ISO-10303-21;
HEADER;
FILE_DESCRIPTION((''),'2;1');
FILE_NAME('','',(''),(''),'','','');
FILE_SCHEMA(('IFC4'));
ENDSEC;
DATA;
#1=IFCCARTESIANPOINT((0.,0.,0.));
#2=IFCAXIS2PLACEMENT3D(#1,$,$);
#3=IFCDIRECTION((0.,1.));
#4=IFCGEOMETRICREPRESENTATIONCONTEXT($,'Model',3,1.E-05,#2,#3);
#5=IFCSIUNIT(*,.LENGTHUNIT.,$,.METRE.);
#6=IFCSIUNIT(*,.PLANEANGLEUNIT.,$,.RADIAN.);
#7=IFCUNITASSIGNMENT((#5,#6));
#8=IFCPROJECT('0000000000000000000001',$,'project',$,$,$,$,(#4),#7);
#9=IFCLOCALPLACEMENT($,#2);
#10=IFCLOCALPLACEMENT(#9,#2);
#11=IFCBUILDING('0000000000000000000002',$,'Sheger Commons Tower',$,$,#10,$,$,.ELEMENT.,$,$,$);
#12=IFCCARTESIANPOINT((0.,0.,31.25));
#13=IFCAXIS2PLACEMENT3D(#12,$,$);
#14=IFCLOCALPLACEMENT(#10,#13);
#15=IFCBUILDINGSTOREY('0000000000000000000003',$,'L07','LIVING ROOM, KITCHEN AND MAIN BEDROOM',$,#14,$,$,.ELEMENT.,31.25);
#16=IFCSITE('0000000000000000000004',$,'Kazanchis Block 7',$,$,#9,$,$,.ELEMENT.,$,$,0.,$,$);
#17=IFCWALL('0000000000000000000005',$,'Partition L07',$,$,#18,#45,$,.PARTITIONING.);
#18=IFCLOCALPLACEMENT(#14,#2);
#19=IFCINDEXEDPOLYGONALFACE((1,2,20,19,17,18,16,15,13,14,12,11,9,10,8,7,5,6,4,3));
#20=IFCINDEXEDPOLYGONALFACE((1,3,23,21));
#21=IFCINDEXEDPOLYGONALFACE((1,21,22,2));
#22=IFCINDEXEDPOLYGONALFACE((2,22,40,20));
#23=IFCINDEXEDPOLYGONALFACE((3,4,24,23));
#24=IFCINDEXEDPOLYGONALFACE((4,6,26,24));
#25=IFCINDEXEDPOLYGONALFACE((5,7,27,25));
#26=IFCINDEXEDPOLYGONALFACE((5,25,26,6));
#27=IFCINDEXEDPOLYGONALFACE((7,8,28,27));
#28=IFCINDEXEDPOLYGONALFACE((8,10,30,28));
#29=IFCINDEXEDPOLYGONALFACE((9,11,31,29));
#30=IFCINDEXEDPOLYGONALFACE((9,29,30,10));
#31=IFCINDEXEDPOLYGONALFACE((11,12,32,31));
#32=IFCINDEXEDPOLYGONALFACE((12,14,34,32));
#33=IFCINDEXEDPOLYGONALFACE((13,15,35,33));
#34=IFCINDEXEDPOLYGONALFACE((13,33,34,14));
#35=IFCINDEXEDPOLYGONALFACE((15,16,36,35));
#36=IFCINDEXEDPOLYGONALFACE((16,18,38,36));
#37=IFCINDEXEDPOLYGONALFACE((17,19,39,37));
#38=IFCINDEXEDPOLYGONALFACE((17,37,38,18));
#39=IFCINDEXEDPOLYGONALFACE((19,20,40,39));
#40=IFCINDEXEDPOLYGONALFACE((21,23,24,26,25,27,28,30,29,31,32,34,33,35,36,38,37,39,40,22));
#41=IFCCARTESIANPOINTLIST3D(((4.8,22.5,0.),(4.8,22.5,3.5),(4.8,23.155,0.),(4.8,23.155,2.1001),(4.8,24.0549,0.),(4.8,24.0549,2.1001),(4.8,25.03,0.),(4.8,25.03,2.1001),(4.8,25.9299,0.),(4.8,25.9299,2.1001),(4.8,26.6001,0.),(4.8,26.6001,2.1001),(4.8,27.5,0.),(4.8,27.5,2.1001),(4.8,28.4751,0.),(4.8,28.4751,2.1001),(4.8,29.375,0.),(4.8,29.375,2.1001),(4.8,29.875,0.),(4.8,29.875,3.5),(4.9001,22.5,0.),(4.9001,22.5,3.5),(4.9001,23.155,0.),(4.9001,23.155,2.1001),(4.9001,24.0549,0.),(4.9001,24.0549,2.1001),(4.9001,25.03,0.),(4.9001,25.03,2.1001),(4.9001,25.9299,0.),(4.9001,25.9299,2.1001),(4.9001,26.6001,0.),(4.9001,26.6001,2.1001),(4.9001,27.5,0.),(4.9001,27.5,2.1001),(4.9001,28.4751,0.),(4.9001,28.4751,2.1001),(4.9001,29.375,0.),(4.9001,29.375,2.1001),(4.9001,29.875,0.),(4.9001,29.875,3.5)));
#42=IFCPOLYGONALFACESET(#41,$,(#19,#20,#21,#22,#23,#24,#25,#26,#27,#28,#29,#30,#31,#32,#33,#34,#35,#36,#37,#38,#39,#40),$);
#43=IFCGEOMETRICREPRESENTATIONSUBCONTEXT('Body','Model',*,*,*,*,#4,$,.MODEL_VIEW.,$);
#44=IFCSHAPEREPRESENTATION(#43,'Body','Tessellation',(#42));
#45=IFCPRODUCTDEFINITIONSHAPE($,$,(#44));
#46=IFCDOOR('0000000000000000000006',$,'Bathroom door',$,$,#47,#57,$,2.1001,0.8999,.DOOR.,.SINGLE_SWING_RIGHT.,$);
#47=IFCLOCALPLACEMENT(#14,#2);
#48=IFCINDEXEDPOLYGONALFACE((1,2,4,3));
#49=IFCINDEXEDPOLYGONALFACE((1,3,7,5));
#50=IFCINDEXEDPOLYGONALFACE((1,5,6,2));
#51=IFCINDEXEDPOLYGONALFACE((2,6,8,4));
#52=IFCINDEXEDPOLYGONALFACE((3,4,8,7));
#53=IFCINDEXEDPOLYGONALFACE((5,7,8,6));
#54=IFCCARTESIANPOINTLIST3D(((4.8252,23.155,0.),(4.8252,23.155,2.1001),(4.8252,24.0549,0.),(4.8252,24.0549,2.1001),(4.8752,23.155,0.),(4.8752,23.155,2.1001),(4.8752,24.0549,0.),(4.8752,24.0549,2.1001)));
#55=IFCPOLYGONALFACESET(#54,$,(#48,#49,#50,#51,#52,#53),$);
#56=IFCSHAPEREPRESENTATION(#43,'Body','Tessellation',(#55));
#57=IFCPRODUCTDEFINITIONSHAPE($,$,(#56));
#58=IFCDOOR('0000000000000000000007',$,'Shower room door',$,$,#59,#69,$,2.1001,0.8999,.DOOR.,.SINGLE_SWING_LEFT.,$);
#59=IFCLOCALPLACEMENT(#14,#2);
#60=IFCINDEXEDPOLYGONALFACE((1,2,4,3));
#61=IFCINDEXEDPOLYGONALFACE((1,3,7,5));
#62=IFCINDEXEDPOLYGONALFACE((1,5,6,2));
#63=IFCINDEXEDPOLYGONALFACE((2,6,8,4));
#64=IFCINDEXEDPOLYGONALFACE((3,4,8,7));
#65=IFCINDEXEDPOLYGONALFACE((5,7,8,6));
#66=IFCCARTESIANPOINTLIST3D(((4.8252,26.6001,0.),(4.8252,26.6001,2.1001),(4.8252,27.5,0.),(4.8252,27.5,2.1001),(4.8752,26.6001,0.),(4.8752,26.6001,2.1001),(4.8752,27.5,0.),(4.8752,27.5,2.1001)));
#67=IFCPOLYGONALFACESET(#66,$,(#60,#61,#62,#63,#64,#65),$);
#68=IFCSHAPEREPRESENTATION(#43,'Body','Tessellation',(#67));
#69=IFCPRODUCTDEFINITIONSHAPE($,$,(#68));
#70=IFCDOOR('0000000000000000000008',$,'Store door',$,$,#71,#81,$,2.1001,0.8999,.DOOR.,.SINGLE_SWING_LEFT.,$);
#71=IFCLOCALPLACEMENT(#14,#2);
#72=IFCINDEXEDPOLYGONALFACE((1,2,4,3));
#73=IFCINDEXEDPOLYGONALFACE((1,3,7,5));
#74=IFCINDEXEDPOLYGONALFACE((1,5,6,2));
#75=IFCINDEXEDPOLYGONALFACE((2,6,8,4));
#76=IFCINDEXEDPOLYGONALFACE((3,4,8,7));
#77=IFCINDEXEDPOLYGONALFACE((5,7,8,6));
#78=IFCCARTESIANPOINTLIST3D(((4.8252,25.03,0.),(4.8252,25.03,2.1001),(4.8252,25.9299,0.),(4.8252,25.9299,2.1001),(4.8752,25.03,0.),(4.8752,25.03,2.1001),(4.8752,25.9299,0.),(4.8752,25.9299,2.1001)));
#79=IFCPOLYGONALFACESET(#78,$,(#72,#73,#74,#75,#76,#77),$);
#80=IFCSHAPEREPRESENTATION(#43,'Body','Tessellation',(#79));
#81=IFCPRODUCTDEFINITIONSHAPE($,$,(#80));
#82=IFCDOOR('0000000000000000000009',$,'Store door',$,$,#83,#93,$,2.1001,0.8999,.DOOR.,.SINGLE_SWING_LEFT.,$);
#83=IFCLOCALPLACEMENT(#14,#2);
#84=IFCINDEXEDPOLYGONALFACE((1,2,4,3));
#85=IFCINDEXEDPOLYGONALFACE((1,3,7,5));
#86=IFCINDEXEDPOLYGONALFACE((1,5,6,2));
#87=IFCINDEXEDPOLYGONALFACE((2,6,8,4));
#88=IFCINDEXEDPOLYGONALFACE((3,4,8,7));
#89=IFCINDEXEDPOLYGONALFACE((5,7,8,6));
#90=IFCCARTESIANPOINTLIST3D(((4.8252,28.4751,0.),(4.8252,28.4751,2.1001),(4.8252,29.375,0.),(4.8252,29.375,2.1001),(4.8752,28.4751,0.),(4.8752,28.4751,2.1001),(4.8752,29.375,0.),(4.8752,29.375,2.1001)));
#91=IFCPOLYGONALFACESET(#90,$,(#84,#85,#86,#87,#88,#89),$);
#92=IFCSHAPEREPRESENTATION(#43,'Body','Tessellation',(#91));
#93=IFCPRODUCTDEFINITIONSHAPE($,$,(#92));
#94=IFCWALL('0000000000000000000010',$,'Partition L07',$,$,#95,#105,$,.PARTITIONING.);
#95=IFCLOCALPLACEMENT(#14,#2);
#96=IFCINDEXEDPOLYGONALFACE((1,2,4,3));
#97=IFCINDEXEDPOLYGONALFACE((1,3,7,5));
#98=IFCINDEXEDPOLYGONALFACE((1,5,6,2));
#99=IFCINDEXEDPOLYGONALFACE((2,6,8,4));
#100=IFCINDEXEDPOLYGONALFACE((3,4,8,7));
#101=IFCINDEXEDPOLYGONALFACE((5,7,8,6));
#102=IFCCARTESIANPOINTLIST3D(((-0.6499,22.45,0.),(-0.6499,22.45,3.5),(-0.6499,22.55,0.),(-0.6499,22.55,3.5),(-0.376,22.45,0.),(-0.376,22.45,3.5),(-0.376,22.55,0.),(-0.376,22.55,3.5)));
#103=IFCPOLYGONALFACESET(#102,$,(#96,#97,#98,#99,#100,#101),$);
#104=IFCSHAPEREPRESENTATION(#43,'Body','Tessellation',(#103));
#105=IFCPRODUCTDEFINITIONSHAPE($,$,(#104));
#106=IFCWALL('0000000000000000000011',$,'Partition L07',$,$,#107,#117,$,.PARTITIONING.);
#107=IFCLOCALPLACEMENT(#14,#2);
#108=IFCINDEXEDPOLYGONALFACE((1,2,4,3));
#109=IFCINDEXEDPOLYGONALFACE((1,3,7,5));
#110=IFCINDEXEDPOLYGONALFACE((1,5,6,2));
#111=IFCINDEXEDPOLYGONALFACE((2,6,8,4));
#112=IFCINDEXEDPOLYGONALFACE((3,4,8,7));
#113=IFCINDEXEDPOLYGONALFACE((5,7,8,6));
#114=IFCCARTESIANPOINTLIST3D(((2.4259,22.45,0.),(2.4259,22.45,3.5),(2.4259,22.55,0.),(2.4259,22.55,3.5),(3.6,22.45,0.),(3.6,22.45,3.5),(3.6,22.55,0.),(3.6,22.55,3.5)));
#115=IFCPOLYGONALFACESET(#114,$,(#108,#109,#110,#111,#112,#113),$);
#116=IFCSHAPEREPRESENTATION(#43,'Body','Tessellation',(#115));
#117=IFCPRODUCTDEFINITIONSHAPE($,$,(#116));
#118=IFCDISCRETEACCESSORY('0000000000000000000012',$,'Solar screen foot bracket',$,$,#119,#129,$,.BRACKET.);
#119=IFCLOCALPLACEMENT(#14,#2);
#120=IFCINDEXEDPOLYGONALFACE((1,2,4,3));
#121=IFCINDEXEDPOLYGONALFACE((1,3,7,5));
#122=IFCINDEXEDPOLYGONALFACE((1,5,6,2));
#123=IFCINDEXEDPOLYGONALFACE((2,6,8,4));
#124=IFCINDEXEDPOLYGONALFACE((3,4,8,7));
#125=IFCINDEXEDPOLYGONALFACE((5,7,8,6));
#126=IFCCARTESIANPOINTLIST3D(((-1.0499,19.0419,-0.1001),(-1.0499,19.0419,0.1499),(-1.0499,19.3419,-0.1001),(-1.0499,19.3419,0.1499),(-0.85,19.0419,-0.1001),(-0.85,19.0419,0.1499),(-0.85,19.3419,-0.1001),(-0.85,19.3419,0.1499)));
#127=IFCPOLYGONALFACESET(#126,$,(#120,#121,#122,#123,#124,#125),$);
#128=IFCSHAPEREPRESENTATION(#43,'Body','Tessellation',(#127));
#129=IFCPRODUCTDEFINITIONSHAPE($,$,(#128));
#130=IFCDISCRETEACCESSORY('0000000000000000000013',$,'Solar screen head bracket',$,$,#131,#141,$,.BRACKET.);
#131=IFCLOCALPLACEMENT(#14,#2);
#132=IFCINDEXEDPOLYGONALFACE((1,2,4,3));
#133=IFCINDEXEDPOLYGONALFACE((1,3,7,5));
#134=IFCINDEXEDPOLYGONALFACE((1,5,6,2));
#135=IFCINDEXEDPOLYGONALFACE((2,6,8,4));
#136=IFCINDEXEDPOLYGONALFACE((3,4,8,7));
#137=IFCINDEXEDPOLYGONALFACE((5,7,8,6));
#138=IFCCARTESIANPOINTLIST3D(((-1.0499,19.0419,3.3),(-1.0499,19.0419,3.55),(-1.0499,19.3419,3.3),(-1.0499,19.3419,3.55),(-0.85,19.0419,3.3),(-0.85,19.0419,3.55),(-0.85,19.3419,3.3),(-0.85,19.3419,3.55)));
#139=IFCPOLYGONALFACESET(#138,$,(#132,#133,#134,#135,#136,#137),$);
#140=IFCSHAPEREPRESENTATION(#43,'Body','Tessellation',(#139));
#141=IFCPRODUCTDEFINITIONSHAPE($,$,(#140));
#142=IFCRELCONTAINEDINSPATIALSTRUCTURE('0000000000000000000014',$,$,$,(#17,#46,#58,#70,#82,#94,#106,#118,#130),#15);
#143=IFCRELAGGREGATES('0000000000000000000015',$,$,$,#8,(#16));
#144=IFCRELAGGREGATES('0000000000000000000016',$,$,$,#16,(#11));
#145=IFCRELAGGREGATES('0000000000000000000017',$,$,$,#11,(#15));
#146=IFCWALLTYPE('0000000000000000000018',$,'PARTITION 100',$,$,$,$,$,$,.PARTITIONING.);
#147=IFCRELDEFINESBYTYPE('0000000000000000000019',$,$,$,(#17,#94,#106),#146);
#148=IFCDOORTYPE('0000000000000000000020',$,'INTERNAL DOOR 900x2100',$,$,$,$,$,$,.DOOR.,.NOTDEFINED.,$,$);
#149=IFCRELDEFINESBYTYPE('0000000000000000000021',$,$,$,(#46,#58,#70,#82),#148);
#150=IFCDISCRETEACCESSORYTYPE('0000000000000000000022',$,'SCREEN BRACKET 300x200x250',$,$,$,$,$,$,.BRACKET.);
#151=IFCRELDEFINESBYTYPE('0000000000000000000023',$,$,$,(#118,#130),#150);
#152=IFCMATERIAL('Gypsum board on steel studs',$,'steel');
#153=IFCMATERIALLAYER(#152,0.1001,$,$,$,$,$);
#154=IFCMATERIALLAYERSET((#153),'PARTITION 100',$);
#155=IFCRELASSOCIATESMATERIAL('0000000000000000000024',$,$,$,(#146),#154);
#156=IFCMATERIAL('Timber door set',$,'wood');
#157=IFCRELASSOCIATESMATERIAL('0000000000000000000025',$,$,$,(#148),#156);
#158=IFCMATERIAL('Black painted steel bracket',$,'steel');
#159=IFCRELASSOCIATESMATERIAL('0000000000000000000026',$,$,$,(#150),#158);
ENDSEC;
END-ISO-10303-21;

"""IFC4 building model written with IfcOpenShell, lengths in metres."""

from ifc_helpers import new_model, si_unit, direction, frame, frame_2d, origin, origin_2d, place, context, subcontext, project, spatial, rectangle, extrude, material, layer, layer_set, type_object, element, fill, save


model = new_model("IFC4")

# Units and contexts
model_context = context("Model", 3, precision=1e-05, world=origin(), true_north=direction((0.0, 1.0)))
body_context = subcontext(model_context, "Body", "Model", "MODEL_VIEW")
ifc_project = project(units=[si_unit("LENGTHUNIT", "METRE"), si_unit("PLANEANGLEUNIT", "RADIAN")], contexts=[model_context])

# Site, building, storey
site_placement = place(None, origin())
site = spatial("IfcSite", under=ifc_project, at=site_placement, Name="Kazanchis Block 7", CompositionType="ELEMENT", RefElevation=0.0)
building_placement = place(site_placement, origin())
building = spatial("IfcBuilding", under=site, at=building_placement, Name="Sheger Commons Tower", CompositionType="ELEMENT")
storey_placement = place(building_placement, frame((0.0, 0.0, 31.25)))
storey = spatial("IfcBuildingStorey", under=building, at=storey_placement, Name="L07", Description="LIVING ROOM, KITCHEN AND MAIN BEDROOM", CompositionType="ELEMENT", Elevation=31.25)

# Shared definitions
ifc_material_1 = material(Name="Gypsum board on steel studs", Category="steel")
ifc_layer_1 = layer(ifc_material_1, 0.1001)
ifc_layer_set_1 = layer_set([ifc_layer_1], Name="PARTITION 100")
wall_type_1 = type_object("IfcWallType", Name="PARTITION 100", PredefinedType="PARTITIONING", material=ifc_layer_set_1)

# Wall, openings, doors
ifc_material_2 = material(Name="Timber door set", Category="wood")
door_type = type_object("IfcDoorType", Name="INTERNAL DOOR 900x2100", OperationType="NOTDEFINED", PredefinedType="DOOR", material=ifc_material_2)
wall_1_placement = place(storey_placement, frame((4.8501, 22.5, 0.0), z_axis=(0.0, 0.0, 1.0), x_axis=(0.0, 1.0, 0.0)))
wall_1 = element("IfcWall", 1, at=wall_1_placement, inside=storey, type_object=wall_type_1, Name="Partition L07", PredefinedType="PARTITIONING", context=body_context, shape_type="SweptSolid", body=[
    extrude(rectangle(XDim=7.375, YDim=0.1001, at=frame_2d((3.6875, 0.0))), origin(), (0.0, 0.0, 1.0), 3.5),
])
opening_1_placement = place(wall_1_placement, frame((0.655, 0.0, 0.0)))
opening_1 = element("IfcOpeningElement", 2, at=opening_1_placement, cuts=wall_1, PredefinedType="OPENING", context=body_context, shape_type="SweptSolid", body=[
    extrude(rectangle(XDim=0.8999, YDim=2.1001, at=frame_2d((0.45, 1.05))), frame((0.0, 0.0601, 0.0), z_axis=(0.0, -1.0, 0.0), x_axis=(1.0, 0.0, 0.0)), (0.0, 0.0, 1.0), 0.1201),
])
opening_2_placement = place(wall_1_placement, frame((4.1001, 0.0, 0.0)))
opening_2 = element("IfcOpeningElement", 3, at=opening_2_placement, cuts=wall_1, PredefinedType="OPENING", context=body_context, shape_type="SweptSolid", body=[
    extrude(rectangle(XDim=0.8999, YDim=2.1001, at=frame_2d((0.45, 1.05))), frame((0.0, 0.0601, 0.0), z_axis=(0.0, -1.0, 0.0), x_axis=(1.0, 0.0, 0.0)), (0.0, 0.0, 1.0), 0.1201),
])
opening_3_placement = place(wall_1_placement, frame((2.53, 0.0, 0.0)))
opening_3 = element("IfcOpeningElement", 4, at=opening_3_placement, cuts=wall_1, PredefinedType="OPENING", context=body_context, shape_type="SweptSolid", body=[
    extrude(rectangle(XDim=0.8999, YDim=2.1001, at=frame_2d((0.45, 1.05))), frame((0.0, 0.0601, 0.0), z_axis=(0.0, -1.0, 0.0), x_axis=(1.0, 0.0, 0.0)), (0.0, 0.0, 1.0), 0.1201),
])
opening_4_placement = place(wall_1_placement, frame((5.9751, 0.0, 0.0)))
opening_4 = element("IfcOpeningElement", 5, at=opening_4_placement, cuts=wall_1, PredefinedType="OPENING", context=body_context, shape_type="SweptSolid", body=[
    extrude(rectangle(XDim=0.8999, YDim=2.1001, at=frame_2d((0.45, 1.05))), frame((0.0, 0.0601, 0.0), z_axis=(0.0, -1.0, 0.0), x_axis=(1.0, 0.0, 0.0)), (0.0, 0.0, 1.0), 0.1201),
])
door_1_placement = place(opening_1_placement, origin())
door_1 = element("IfcDoor", 6, at=door_1_placement, inside=storey, type_object=door_type, Name="Bathroom door", OperationType="SINGLE_SWING_RIGHT", OverallHeight=2.1001, OverallWidth=0.8999, PredefinedType="DOOR", context=body_context, shape_type="SweptSolid", body=[
    extrude(rectangle(XDim=0.8999, YDim=2.1001, at=frame_2d((0.45, 1.05))), frame((0.0, 0.0249, 0.0), z_axis=(0.0, -1.0, 0.0), x_axis=(1.0, 0.0, 0.0)), (0.0, 0.0, 1.0), 0.05),
])
fill(opening_1, door_1)
door_2_placement = place(opening_2_placement, origin())
door_2 = element("IfcDoor", 7, at=door_2_placement, inside=storey, type_object=door_type, Name="Shower room door", OperationType="SINGLE_SWING_LEFT", OverallHeight=2.1001, OverallWidth=0.8999, PredefinedType="DOOR", context=body_context, shape_type="SweptSolid", body=[
    extrude(rectangle(XDim=0.8999, YDim=2.1001, at=frame_2d((0.45, 1.05))), frame((0.0, 0.0249, 0.0), z_axis=(0.0, -1.0, 0.0), x_axis=(1.0, 0.0, 0.0)), (0.0, 0.0, 1.0), 0.05),
])
fill(opening_2, door_2)
door_3_placement = place(opening_3_placement, origin())
door_3 = element("IfcDoor", 8, at=door_3_placement, inside=storey, type_object=door_type, Name="Store door", OperationType="SINGLE_SWING_LEFT", OverallHeight=2.1001, OverallWidth=0.8999, PredefinedType="DOOR", context=body_context, shape_type="SweptSolid", body=[
    extrude(rectangle(XDim=0.8999, YDim=2.1001, at=frame_2d((0.45, 1.05))), frame((0.0, 0.0249, 0.0), z_axis=(0.0, -1.0, 0.0), x_axis=(1.0, 0.0, 0.0)), (0.0, 0.0, 1.0), 0.05),
])
fill(opening_3, door_3)
door_4_placement = place(opening_4_placement, origin())
door_4 = element("IfcDoor", 9, at=door_4_placement, inside=storey, type_object=door_type, Name="Store door", OperationType="SINGLE_SWING_LEFT", OverallHeight=2.1001, OverallWidth=0.8999, PredefinedType="DOOR", context=body_context, shape_type="SweptSolid", body=[
    extrude(rectangle(XDim=0.8999, YDim=2.1001, at=frame_2d((0.45, 1.05))), frame((0.0, 0.0249, 0.0), z_axis=(0.0, -1.0, 0.0), x_axis=(1.0, 0.0, 0.0)), (0.0, 0.0, 1.0), 0.05),
])
fill(opening_4, door_4)

# Walls
wall_2_placement = place(storey_placement, frame((-0.6499, 22.5, 0.0), z_axis=(0.0, 0.0, 1.0), x_axis=(1.0, 0.0, 0.0)))
element("IfcWall", 10, at=wall_2_placement, inside=storey, type_object=wall_type_1, Name="Partition L07", PredefinedType="PARTITIONING", context=body_context, shape_type="SweptSolid", body=[
    extrude(rectangle(XDim=0.2739, YDim=0.1001, at=frame_2d((0.137, 0.0))), origin(), (0.0, 0.0, 1.0), 3.5),
])
wall_3_placement = place(storey_placement, frame((2.426, 22.5, 0.0), z_axis=(0.0, 0.0, 1.0), x_axis=(1.0, 0.0, 0.0)))
element("IfcWall", 11, at=wall_3_placement, inside=storey, type_object=wall_type_1, Name="Partition L07", PredefinedType="PARTITIONING", context=body_context, shape_type="SweptSolid", body=[
    extrude(rectangle(XDim=1.1741, YDim=0.1001, at=frame_2d((0.5869, 0.0))), origin(), (0.0, 0.0, 1.0), 3.5),
])

# Discrete accessories
ifc_material_3 = material(Name="Black painted steel bracket", Category="steel")
discrete_accessory_type = type_object("IfcDiscreteAccessoryType", Name="SCREEN BRACKET 300x200x250", PredefinedType="BRACKET", material=ifc_material_3)
for number, where, z_axis, x_axis, name in (
    (12, (-0.95, 19.1919, -0.1001), (0.0, 0.0, 1.0), (0.0, -1.0, 0.0), "Solar screen foot bracket"),
    (13, (-0.95, 19.1919, 3.3), (0.0, 0.0, 1.0), (0.0, -1.0, 0.0), "Solar screen head bracket"),
):
    element("IfcDiscreteAccessory", number, at=place(storey_placement, frame(where, z_axis=z_axis, x_axis=x_axis)), inside=storey, type_object=discrete_accessory_type, Name=name, PredefinedType="BRACKET", context=body_context, shape_type="SweptSolid", body=[
        extrude(rectangle(XDim=0.3, YDim=0.2, at=origin_2d()), origin(), (0.0, 0.0, 1.0), 0.25),
    ])

save(model, "model.ifc")
